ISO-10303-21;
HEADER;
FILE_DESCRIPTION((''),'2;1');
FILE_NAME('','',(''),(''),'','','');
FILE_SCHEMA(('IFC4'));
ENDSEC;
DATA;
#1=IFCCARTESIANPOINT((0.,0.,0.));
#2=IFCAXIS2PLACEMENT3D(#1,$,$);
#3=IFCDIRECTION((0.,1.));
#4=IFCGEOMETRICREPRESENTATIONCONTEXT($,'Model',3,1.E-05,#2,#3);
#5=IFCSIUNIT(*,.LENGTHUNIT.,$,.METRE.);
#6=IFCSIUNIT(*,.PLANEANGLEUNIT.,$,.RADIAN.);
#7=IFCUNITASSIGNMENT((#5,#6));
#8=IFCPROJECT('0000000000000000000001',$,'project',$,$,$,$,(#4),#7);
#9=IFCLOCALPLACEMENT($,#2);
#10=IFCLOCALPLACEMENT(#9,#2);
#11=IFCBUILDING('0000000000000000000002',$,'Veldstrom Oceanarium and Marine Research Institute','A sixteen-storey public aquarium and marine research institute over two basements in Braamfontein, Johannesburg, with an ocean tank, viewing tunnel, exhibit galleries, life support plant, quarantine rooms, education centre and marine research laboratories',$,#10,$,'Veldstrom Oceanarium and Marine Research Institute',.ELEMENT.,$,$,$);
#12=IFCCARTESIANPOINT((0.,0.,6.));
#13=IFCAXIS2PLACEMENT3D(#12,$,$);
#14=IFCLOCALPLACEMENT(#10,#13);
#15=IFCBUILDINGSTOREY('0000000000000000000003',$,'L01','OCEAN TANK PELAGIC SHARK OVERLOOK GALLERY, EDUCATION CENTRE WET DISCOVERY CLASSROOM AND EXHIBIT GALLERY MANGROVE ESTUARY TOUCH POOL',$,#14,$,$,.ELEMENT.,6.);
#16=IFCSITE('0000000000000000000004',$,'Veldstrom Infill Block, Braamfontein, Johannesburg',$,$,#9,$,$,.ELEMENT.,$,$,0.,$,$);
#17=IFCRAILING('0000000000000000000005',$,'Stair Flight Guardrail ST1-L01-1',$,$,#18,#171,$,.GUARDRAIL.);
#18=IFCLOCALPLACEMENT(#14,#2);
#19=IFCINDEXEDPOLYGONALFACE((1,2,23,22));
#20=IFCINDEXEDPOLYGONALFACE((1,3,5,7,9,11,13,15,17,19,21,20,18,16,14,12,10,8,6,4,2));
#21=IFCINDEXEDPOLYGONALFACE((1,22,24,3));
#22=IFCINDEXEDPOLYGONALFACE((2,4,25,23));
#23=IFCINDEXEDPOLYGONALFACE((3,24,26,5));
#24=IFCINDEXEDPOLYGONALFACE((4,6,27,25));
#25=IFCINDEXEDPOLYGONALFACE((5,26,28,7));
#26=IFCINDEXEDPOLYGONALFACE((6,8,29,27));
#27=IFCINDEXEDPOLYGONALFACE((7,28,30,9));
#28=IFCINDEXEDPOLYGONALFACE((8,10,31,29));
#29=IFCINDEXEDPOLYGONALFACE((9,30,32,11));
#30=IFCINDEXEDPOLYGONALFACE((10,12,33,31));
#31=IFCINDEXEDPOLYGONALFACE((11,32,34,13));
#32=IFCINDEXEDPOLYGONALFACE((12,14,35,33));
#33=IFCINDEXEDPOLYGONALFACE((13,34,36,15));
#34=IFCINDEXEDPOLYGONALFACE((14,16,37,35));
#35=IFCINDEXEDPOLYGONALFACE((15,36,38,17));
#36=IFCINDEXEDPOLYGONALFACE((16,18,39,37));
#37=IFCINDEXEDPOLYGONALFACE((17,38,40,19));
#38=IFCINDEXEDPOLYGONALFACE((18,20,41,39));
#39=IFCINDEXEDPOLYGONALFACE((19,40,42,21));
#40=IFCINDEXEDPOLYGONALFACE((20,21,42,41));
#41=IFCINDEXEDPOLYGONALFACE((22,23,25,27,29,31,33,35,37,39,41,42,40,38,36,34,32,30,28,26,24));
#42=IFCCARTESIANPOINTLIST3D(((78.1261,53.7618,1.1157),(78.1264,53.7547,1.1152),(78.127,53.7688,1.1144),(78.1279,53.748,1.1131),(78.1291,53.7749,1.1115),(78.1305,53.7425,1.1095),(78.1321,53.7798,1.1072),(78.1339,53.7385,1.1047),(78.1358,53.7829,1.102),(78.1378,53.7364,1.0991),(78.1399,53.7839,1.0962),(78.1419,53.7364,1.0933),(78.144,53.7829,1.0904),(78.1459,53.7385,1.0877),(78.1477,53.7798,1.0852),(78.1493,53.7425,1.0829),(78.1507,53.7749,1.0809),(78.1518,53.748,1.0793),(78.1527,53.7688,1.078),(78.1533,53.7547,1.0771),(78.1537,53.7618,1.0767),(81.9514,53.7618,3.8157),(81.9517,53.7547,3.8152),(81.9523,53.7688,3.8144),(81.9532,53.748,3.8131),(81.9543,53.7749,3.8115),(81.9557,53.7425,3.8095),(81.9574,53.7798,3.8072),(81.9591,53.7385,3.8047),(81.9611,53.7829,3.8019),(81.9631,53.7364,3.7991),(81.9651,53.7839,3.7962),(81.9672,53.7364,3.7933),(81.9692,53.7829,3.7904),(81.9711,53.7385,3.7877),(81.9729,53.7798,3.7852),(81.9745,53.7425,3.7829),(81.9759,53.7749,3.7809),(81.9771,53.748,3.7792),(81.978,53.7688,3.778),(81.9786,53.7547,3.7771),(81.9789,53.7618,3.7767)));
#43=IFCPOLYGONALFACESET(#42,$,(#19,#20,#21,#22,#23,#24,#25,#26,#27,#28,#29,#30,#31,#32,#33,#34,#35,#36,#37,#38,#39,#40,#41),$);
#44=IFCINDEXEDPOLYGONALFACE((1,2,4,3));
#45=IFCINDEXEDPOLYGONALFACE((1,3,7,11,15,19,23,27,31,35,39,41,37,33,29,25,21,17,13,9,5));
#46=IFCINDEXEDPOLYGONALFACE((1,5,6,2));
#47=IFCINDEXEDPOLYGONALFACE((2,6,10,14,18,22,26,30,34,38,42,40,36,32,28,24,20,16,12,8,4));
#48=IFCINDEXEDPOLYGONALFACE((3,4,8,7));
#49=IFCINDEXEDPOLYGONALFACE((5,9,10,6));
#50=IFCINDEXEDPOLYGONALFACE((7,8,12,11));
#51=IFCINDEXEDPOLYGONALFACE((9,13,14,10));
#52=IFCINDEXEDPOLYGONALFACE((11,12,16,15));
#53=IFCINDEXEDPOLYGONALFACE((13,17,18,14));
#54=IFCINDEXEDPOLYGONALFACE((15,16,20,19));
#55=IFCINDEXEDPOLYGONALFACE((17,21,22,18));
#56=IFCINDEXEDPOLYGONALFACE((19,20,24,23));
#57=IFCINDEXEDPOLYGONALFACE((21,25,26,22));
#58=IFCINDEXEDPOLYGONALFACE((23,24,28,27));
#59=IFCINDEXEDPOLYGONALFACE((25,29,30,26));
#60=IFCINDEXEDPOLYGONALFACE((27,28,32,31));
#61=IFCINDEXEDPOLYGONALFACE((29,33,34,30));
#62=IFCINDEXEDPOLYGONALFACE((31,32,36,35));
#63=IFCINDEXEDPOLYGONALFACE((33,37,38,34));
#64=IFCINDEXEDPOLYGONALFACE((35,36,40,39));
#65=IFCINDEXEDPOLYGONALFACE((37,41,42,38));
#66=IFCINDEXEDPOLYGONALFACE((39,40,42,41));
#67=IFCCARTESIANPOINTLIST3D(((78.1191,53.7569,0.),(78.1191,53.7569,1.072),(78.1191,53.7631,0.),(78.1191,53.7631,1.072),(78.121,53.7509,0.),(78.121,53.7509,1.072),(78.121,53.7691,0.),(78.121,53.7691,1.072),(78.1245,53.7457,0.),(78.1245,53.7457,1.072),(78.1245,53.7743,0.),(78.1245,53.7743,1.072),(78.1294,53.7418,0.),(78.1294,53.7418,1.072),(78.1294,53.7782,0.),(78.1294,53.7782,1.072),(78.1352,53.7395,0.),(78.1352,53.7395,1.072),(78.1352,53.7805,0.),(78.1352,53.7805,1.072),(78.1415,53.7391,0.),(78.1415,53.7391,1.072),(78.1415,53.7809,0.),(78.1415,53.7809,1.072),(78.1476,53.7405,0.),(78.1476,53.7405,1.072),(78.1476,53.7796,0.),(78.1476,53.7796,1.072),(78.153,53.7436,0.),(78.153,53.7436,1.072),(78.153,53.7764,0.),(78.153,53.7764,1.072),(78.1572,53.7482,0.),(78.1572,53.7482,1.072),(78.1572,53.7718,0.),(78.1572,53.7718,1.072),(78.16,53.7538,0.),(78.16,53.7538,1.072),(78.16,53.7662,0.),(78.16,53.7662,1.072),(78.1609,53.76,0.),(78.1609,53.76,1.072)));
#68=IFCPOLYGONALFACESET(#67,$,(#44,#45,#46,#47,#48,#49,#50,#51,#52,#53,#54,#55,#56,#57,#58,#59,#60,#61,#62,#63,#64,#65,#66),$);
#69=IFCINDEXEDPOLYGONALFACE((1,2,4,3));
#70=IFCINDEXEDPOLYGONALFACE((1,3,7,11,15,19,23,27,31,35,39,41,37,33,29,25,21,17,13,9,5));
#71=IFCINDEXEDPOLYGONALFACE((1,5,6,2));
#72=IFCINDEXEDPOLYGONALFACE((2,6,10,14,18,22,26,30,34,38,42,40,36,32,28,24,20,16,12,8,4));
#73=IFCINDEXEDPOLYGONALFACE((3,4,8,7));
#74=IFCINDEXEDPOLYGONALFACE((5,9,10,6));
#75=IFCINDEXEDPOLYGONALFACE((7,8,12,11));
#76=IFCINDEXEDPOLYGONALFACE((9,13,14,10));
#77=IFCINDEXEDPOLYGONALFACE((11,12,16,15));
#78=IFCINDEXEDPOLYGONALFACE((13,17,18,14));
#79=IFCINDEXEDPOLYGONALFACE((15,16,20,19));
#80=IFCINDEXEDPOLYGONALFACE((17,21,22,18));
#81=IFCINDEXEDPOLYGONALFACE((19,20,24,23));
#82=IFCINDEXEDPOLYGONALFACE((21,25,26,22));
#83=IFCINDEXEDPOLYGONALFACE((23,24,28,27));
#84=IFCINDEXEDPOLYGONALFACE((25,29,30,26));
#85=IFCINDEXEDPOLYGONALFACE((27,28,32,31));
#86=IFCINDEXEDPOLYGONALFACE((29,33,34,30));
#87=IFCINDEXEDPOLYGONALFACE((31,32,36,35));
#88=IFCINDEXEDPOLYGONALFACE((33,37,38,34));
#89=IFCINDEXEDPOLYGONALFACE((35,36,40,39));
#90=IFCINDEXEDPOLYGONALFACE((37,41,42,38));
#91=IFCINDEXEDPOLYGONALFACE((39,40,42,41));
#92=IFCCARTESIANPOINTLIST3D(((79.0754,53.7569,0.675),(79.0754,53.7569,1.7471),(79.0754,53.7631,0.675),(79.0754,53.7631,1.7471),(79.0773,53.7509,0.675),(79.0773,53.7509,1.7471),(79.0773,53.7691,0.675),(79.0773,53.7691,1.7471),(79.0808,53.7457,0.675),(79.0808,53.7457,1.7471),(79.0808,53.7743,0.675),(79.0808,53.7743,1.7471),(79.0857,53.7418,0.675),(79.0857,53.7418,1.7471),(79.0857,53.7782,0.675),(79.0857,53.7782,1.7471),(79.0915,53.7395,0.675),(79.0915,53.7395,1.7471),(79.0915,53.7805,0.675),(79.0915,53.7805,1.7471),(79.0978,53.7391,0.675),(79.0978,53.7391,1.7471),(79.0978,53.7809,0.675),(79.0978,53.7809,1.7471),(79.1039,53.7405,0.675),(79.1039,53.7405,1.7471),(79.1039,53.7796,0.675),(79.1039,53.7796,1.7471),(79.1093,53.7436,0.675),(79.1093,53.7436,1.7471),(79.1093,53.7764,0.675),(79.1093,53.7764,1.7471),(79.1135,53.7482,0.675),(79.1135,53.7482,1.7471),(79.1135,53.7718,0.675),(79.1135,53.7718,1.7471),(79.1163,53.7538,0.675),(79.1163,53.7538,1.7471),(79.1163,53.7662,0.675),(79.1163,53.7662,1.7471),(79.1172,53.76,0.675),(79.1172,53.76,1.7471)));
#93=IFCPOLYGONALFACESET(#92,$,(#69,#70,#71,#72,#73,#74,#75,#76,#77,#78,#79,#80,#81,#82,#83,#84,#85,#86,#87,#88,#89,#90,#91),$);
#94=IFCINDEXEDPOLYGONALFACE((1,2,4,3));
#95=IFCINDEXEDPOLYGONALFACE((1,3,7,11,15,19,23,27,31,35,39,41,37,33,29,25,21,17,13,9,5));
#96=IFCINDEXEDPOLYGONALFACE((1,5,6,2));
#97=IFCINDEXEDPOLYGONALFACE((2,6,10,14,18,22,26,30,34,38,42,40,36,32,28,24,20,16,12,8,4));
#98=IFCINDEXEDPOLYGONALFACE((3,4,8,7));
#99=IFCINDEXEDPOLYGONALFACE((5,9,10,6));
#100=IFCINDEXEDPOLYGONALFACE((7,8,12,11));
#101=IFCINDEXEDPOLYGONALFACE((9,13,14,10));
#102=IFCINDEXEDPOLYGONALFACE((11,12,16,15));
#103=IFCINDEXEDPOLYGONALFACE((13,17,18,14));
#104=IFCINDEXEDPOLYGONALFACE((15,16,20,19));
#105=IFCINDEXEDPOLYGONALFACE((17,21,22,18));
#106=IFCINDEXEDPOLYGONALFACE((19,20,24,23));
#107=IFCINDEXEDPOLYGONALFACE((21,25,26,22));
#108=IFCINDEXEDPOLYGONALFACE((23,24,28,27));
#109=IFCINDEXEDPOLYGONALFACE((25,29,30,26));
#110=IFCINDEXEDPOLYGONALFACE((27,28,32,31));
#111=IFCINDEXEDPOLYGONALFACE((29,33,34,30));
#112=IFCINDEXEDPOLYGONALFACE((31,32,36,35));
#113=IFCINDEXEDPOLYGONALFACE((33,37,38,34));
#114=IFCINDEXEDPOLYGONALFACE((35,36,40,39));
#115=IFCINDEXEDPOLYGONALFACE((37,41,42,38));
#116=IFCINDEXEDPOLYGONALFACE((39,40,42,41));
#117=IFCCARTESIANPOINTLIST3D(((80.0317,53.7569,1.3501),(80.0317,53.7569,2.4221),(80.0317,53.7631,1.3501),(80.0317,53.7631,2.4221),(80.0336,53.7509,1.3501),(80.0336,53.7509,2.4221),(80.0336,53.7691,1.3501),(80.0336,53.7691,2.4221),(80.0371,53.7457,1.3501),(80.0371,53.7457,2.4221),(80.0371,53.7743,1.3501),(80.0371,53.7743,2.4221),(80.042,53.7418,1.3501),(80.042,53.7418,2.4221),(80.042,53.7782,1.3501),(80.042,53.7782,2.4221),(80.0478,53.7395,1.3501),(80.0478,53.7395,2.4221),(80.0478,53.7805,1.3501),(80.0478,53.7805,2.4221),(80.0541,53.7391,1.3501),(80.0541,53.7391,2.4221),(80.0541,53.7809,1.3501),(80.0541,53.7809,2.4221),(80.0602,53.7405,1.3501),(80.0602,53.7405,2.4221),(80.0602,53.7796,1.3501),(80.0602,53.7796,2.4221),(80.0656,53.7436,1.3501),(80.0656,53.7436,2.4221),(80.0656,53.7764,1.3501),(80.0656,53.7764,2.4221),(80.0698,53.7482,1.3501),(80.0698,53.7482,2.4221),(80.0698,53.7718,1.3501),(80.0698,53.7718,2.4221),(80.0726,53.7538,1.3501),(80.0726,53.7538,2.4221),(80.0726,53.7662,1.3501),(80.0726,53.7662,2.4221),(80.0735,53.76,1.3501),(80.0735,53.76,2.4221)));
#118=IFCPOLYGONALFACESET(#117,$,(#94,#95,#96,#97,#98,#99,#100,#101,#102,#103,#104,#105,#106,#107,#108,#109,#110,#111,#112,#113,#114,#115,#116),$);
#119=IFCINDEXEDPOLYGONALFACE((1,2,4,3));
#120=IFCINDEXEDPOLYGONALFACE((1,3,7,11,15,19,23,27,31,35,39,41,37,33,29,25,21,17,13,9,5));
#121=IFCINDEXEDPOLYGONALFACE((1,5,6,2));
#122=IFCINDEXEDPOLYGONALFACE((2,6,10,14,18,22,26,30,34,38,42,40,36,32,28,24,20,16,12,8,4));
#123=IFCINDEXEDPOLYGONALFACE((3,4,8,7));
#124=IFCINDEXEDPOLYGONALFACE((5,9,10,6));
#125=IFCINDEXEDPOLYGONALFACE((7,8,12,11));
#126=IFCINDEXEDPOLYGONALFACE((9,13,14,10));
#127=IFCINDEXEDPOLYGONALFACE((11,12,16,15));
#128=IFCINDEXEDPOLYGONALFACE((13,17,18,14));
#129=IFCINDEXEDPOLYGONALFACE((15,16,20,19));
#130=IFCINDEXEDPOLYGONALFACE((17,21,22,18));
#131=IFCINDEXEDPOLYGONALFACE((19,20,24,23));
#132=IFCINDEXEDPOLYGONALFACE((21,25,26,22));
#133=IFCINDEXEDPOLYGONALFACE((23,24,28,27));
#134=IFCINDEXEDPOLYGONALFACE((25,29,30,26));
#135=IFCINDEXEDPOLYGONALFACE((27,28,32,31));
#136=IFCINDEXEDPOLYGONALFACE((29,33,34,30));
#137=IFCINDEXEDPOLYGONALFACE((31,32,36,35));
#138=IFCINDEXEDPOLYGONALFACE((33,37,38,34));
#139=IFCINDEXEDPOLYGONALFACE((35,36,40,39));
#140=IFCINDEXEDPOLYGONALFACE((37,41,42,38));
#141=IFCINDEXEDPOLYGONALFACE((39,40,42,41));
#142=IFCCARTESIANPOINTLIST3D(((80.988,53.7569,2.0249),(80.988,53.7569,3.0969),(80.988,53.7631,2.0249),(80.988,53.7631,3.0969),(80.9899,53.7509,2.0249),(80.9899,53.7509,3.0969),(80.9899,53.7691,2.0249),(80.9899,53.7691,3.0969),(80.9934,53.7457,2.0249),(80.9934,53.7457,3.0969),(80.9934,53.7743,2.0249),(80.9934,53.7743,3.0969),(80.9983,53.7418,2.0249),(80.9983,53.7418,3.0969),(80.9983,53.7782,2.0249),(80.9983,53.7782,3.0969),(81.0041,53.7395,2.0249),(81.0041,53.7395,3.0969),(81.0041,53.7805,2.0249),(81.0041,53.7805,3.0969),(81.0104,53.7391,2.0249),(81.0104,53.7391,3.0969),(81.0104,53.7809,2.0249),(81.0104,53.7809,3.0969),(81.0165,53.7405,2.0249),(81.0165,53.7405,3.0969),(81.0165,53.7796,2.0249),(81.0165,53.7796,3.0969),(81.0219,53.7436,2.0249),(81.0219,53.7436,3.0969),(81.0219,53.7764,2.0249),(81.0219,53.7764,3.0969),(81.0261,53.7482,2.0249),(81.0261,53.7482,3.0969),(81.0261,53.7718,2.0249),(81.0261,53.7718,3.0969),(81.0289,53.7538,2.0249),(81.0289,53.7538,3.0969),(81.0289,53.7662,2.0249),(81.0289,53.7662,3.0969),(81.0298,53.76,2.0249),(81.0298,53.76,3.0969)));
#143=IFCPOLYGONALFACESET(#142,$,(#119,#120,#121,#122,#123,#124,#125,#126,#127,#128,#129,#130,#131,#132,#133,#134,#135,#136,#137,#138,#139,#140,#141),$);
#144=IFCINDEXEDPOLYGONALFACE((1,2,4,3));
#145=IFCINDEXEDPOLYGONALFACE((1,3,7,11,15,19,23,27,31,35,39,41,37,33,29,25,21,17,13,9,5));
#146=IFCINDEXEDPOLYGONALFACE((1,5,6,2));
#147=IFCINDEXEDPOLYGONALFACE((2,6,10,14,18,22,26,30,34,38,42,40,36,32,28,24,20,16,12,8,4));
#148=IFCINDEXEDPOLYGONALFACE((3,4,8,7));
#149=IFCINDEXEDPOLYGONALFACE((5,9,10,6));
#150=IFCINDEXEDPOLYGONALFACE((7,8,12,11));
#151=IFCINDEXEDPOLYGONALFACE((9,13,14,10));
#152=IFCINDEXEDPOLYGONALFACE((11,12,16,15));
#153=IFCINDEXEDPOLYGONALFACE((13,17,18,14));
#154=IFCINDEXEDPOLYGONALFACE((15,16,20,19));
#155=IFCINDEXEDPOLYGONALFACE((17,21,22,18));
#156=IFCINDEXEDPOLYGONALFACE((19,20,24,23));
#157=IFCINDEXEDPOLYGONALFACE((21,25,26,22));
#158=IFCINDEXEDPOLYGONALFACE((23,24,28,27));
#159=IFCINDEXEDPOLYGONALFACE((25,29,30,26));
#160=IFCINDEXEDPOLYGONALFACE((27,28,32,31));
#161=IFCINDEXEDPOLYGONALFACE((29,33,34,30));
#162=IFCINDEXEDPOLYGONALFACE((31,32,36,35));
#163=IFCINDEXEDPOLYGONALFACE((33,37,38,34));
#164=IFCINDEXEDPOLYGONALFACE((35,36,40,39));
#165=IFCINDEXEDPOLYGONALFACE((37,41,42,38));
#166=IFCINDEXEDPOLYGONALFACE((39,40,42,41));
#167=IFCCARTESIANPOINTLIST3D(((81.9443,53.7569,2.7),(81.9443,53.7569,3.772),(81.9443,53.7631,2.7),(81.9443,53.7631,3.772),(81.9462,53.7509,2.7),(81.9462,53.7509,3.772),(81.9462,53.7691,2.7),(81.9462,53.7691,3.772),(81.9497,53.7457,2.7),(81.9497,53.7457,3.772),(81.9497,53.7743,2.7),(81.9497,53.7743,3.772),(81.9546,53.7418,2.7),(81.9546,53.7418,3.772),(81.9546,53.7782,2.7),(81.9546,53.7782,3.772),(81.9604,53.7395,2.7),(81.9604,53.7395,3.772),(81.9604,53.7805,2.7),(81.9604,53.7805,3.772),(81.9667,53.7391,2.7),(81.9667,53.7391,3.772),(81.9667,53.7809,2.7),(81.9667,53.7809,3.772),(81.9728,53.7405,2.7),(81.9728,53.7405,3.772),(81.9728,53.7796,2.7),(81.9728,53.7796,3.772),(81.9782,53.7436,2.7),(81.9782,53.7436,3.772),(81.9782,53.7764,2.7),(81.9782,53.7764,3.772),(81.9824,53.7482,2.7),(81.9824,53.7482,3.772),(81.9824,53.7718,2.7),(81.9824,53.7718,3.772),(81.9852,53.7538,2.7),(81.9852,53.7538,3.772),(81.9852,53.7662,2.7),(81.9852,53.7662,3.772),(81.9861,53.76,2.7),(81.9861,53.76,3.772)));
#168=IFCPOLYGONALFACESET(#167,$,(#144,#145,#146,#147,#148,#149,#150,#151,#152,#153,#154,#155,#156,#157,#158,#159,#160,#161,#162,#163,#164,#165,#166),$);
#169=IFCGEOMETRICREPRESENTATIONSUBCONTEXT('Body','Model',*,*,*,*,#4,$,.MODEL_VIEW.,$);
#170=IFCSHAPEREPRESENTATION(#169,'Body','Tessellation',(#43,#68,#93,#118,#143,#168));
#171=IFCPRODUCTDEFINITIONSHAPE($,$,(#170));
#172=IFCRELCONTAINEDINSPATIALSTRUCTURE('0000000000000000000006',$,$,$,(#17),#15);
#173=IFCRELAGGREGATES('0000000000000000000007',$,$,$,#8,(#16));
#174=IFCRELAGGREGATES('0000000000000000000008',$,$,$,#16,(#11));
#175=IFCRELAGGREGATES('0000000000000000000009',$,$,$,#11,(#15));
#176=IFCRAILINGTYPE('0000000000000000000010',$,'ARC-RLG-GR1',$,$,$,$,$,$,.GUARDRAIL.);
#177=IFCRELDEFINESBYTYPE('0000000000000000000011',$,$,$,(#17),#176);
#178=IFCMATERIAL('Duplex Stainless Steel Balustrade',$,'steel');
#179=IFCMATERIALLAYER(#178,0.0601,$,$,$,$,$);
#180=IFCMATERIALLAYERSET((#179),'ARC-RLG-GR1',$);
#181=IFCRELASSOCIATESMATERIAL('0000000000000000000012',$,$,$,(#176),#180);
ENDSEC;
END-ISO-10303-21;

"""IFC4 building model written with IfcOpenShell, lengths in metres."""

from ifc_helpers import new_model, si_unit, direction, frame, origin, origin_2d, place, context, subcontext, project, spatial, circle, extrude, material, layer, layer_set, type_object, element, save


model = new_model("IFC4")

# Units and contexts
model_context = context("Model", 3, precision=1e-05, world=origin(), true_north=direction((0.0, 1.0)))
body_context = subcontext(model_context, "Body", "Model", "MODEL_VIEW")
ifc_project = project(units=[si_unit("LENGTHUNIT", "METRE"), si_unit("PLANEANGLEUNIT", "RADIAN")], contexts=[model_context])

# Site, building, storey
site_placement = place(None, origin())
site = spatial("IfcSite", under=ifc_project, at=site_placement, Name="Veldstrom Infill Block, Braamfontein, Johannesburg", CompositionType="ELEMENT", RefElevation=0.0)
building_placement = place(site_placement, origin())
building = spatial("IfcBuilding", under=site, at=building_placement, Name="Veldstrom Oceanarium and Marine Research Institute", Description="A sixteen-storey public aquarium and marine research institute over two basements in Braamfontein, Johannesburg, with an ocean tank, viewing tunnel, exhibit galleries, life support plant, quarantine rooms, education centre and marine research laboratories", LongName="Veldstrom Oceanarium and Marine Research Institute", CompositionType="ELEMENT")
storey_placement = place(building_placement, frame((0.0, 0.0, 6.0)))
storey = spatial("IfcBuildingStorey", under=building, at=storey_placement, Name="L01", Description="OCEAN TANK PELAGIC SHARK OVERLOOK GALLERY, EDUCATION CENTRE WET DISCOVERY CLASSROOM AND EXHIBIT GALLERY MANGROVE ESTUARY TOUCH POOL", CompositionType="ELEMENT", Elevation=6.0)

# Railing
ifc_material_1 = material(Name="Duplex Stainless Steel Balustrade", Category="steel")
ifc_layer_1 = layer(ifc_material_1, 0.0601)
ifc_layer_set_1 = layer_set([ifc_layer_1], Name="ARC-RLG-GR1")
railing_type_1 = type_object("IfcRailingType", Name="ARC-RLG-GR1", PredefinedType="GUARDRAIL", material=ifc_layer_set_1)
railing_1_placement = place(storey_placement, frame((78.1399, 53.76, 0.0)))
element("IfcRailing", 1, at=railing_1_placement, inside=storey, type_object=railing_type_1, Name="Stair Flight Guardrail ST1-L01-1", PredefinedType="GUARDRAIL", context=body_context, shape_type="SweptSolid", body=[
    extrude(circle(Radius=0.0239, at=origin_2d()), frame((0.0, 0.0, 1.0962), z_axis=(0.816987, 0.0, 0.576657), x_axis=(0.0, 1.0, 0.0)), (0.0, 0.0, 1.0), 4.6821),
    extrude(circle(Radius=0.021, at=origin_2d()), origin(), (0.0, 0.0, 1.0), 1.072),
    extrude(circle(Radius=0.021, at=origin_2d()), frame((0.9563, 0.0, 0.675)), (0.0, 0.0, 1.0), 1.072),
    extrude(circle(Radius=0.021, at=origin_2d()), frame((1.9126, 0.0, 1.3501)), (0.0, 0.0, 1.0), 1.072),
    extrude(circle(Radius=0.021, at=origin_2d()), frame((2.8689, 0.0, 2.0249)), (0.0, 0.0, 1.0), 1.072),
    extrude(circle(Radius=0.021, at=origin_2d()), frame((3.8252, 0.0, 2.7)), (0.0, 0.0, 1.0), 1.072),
])

save(model, "model.ifc")
